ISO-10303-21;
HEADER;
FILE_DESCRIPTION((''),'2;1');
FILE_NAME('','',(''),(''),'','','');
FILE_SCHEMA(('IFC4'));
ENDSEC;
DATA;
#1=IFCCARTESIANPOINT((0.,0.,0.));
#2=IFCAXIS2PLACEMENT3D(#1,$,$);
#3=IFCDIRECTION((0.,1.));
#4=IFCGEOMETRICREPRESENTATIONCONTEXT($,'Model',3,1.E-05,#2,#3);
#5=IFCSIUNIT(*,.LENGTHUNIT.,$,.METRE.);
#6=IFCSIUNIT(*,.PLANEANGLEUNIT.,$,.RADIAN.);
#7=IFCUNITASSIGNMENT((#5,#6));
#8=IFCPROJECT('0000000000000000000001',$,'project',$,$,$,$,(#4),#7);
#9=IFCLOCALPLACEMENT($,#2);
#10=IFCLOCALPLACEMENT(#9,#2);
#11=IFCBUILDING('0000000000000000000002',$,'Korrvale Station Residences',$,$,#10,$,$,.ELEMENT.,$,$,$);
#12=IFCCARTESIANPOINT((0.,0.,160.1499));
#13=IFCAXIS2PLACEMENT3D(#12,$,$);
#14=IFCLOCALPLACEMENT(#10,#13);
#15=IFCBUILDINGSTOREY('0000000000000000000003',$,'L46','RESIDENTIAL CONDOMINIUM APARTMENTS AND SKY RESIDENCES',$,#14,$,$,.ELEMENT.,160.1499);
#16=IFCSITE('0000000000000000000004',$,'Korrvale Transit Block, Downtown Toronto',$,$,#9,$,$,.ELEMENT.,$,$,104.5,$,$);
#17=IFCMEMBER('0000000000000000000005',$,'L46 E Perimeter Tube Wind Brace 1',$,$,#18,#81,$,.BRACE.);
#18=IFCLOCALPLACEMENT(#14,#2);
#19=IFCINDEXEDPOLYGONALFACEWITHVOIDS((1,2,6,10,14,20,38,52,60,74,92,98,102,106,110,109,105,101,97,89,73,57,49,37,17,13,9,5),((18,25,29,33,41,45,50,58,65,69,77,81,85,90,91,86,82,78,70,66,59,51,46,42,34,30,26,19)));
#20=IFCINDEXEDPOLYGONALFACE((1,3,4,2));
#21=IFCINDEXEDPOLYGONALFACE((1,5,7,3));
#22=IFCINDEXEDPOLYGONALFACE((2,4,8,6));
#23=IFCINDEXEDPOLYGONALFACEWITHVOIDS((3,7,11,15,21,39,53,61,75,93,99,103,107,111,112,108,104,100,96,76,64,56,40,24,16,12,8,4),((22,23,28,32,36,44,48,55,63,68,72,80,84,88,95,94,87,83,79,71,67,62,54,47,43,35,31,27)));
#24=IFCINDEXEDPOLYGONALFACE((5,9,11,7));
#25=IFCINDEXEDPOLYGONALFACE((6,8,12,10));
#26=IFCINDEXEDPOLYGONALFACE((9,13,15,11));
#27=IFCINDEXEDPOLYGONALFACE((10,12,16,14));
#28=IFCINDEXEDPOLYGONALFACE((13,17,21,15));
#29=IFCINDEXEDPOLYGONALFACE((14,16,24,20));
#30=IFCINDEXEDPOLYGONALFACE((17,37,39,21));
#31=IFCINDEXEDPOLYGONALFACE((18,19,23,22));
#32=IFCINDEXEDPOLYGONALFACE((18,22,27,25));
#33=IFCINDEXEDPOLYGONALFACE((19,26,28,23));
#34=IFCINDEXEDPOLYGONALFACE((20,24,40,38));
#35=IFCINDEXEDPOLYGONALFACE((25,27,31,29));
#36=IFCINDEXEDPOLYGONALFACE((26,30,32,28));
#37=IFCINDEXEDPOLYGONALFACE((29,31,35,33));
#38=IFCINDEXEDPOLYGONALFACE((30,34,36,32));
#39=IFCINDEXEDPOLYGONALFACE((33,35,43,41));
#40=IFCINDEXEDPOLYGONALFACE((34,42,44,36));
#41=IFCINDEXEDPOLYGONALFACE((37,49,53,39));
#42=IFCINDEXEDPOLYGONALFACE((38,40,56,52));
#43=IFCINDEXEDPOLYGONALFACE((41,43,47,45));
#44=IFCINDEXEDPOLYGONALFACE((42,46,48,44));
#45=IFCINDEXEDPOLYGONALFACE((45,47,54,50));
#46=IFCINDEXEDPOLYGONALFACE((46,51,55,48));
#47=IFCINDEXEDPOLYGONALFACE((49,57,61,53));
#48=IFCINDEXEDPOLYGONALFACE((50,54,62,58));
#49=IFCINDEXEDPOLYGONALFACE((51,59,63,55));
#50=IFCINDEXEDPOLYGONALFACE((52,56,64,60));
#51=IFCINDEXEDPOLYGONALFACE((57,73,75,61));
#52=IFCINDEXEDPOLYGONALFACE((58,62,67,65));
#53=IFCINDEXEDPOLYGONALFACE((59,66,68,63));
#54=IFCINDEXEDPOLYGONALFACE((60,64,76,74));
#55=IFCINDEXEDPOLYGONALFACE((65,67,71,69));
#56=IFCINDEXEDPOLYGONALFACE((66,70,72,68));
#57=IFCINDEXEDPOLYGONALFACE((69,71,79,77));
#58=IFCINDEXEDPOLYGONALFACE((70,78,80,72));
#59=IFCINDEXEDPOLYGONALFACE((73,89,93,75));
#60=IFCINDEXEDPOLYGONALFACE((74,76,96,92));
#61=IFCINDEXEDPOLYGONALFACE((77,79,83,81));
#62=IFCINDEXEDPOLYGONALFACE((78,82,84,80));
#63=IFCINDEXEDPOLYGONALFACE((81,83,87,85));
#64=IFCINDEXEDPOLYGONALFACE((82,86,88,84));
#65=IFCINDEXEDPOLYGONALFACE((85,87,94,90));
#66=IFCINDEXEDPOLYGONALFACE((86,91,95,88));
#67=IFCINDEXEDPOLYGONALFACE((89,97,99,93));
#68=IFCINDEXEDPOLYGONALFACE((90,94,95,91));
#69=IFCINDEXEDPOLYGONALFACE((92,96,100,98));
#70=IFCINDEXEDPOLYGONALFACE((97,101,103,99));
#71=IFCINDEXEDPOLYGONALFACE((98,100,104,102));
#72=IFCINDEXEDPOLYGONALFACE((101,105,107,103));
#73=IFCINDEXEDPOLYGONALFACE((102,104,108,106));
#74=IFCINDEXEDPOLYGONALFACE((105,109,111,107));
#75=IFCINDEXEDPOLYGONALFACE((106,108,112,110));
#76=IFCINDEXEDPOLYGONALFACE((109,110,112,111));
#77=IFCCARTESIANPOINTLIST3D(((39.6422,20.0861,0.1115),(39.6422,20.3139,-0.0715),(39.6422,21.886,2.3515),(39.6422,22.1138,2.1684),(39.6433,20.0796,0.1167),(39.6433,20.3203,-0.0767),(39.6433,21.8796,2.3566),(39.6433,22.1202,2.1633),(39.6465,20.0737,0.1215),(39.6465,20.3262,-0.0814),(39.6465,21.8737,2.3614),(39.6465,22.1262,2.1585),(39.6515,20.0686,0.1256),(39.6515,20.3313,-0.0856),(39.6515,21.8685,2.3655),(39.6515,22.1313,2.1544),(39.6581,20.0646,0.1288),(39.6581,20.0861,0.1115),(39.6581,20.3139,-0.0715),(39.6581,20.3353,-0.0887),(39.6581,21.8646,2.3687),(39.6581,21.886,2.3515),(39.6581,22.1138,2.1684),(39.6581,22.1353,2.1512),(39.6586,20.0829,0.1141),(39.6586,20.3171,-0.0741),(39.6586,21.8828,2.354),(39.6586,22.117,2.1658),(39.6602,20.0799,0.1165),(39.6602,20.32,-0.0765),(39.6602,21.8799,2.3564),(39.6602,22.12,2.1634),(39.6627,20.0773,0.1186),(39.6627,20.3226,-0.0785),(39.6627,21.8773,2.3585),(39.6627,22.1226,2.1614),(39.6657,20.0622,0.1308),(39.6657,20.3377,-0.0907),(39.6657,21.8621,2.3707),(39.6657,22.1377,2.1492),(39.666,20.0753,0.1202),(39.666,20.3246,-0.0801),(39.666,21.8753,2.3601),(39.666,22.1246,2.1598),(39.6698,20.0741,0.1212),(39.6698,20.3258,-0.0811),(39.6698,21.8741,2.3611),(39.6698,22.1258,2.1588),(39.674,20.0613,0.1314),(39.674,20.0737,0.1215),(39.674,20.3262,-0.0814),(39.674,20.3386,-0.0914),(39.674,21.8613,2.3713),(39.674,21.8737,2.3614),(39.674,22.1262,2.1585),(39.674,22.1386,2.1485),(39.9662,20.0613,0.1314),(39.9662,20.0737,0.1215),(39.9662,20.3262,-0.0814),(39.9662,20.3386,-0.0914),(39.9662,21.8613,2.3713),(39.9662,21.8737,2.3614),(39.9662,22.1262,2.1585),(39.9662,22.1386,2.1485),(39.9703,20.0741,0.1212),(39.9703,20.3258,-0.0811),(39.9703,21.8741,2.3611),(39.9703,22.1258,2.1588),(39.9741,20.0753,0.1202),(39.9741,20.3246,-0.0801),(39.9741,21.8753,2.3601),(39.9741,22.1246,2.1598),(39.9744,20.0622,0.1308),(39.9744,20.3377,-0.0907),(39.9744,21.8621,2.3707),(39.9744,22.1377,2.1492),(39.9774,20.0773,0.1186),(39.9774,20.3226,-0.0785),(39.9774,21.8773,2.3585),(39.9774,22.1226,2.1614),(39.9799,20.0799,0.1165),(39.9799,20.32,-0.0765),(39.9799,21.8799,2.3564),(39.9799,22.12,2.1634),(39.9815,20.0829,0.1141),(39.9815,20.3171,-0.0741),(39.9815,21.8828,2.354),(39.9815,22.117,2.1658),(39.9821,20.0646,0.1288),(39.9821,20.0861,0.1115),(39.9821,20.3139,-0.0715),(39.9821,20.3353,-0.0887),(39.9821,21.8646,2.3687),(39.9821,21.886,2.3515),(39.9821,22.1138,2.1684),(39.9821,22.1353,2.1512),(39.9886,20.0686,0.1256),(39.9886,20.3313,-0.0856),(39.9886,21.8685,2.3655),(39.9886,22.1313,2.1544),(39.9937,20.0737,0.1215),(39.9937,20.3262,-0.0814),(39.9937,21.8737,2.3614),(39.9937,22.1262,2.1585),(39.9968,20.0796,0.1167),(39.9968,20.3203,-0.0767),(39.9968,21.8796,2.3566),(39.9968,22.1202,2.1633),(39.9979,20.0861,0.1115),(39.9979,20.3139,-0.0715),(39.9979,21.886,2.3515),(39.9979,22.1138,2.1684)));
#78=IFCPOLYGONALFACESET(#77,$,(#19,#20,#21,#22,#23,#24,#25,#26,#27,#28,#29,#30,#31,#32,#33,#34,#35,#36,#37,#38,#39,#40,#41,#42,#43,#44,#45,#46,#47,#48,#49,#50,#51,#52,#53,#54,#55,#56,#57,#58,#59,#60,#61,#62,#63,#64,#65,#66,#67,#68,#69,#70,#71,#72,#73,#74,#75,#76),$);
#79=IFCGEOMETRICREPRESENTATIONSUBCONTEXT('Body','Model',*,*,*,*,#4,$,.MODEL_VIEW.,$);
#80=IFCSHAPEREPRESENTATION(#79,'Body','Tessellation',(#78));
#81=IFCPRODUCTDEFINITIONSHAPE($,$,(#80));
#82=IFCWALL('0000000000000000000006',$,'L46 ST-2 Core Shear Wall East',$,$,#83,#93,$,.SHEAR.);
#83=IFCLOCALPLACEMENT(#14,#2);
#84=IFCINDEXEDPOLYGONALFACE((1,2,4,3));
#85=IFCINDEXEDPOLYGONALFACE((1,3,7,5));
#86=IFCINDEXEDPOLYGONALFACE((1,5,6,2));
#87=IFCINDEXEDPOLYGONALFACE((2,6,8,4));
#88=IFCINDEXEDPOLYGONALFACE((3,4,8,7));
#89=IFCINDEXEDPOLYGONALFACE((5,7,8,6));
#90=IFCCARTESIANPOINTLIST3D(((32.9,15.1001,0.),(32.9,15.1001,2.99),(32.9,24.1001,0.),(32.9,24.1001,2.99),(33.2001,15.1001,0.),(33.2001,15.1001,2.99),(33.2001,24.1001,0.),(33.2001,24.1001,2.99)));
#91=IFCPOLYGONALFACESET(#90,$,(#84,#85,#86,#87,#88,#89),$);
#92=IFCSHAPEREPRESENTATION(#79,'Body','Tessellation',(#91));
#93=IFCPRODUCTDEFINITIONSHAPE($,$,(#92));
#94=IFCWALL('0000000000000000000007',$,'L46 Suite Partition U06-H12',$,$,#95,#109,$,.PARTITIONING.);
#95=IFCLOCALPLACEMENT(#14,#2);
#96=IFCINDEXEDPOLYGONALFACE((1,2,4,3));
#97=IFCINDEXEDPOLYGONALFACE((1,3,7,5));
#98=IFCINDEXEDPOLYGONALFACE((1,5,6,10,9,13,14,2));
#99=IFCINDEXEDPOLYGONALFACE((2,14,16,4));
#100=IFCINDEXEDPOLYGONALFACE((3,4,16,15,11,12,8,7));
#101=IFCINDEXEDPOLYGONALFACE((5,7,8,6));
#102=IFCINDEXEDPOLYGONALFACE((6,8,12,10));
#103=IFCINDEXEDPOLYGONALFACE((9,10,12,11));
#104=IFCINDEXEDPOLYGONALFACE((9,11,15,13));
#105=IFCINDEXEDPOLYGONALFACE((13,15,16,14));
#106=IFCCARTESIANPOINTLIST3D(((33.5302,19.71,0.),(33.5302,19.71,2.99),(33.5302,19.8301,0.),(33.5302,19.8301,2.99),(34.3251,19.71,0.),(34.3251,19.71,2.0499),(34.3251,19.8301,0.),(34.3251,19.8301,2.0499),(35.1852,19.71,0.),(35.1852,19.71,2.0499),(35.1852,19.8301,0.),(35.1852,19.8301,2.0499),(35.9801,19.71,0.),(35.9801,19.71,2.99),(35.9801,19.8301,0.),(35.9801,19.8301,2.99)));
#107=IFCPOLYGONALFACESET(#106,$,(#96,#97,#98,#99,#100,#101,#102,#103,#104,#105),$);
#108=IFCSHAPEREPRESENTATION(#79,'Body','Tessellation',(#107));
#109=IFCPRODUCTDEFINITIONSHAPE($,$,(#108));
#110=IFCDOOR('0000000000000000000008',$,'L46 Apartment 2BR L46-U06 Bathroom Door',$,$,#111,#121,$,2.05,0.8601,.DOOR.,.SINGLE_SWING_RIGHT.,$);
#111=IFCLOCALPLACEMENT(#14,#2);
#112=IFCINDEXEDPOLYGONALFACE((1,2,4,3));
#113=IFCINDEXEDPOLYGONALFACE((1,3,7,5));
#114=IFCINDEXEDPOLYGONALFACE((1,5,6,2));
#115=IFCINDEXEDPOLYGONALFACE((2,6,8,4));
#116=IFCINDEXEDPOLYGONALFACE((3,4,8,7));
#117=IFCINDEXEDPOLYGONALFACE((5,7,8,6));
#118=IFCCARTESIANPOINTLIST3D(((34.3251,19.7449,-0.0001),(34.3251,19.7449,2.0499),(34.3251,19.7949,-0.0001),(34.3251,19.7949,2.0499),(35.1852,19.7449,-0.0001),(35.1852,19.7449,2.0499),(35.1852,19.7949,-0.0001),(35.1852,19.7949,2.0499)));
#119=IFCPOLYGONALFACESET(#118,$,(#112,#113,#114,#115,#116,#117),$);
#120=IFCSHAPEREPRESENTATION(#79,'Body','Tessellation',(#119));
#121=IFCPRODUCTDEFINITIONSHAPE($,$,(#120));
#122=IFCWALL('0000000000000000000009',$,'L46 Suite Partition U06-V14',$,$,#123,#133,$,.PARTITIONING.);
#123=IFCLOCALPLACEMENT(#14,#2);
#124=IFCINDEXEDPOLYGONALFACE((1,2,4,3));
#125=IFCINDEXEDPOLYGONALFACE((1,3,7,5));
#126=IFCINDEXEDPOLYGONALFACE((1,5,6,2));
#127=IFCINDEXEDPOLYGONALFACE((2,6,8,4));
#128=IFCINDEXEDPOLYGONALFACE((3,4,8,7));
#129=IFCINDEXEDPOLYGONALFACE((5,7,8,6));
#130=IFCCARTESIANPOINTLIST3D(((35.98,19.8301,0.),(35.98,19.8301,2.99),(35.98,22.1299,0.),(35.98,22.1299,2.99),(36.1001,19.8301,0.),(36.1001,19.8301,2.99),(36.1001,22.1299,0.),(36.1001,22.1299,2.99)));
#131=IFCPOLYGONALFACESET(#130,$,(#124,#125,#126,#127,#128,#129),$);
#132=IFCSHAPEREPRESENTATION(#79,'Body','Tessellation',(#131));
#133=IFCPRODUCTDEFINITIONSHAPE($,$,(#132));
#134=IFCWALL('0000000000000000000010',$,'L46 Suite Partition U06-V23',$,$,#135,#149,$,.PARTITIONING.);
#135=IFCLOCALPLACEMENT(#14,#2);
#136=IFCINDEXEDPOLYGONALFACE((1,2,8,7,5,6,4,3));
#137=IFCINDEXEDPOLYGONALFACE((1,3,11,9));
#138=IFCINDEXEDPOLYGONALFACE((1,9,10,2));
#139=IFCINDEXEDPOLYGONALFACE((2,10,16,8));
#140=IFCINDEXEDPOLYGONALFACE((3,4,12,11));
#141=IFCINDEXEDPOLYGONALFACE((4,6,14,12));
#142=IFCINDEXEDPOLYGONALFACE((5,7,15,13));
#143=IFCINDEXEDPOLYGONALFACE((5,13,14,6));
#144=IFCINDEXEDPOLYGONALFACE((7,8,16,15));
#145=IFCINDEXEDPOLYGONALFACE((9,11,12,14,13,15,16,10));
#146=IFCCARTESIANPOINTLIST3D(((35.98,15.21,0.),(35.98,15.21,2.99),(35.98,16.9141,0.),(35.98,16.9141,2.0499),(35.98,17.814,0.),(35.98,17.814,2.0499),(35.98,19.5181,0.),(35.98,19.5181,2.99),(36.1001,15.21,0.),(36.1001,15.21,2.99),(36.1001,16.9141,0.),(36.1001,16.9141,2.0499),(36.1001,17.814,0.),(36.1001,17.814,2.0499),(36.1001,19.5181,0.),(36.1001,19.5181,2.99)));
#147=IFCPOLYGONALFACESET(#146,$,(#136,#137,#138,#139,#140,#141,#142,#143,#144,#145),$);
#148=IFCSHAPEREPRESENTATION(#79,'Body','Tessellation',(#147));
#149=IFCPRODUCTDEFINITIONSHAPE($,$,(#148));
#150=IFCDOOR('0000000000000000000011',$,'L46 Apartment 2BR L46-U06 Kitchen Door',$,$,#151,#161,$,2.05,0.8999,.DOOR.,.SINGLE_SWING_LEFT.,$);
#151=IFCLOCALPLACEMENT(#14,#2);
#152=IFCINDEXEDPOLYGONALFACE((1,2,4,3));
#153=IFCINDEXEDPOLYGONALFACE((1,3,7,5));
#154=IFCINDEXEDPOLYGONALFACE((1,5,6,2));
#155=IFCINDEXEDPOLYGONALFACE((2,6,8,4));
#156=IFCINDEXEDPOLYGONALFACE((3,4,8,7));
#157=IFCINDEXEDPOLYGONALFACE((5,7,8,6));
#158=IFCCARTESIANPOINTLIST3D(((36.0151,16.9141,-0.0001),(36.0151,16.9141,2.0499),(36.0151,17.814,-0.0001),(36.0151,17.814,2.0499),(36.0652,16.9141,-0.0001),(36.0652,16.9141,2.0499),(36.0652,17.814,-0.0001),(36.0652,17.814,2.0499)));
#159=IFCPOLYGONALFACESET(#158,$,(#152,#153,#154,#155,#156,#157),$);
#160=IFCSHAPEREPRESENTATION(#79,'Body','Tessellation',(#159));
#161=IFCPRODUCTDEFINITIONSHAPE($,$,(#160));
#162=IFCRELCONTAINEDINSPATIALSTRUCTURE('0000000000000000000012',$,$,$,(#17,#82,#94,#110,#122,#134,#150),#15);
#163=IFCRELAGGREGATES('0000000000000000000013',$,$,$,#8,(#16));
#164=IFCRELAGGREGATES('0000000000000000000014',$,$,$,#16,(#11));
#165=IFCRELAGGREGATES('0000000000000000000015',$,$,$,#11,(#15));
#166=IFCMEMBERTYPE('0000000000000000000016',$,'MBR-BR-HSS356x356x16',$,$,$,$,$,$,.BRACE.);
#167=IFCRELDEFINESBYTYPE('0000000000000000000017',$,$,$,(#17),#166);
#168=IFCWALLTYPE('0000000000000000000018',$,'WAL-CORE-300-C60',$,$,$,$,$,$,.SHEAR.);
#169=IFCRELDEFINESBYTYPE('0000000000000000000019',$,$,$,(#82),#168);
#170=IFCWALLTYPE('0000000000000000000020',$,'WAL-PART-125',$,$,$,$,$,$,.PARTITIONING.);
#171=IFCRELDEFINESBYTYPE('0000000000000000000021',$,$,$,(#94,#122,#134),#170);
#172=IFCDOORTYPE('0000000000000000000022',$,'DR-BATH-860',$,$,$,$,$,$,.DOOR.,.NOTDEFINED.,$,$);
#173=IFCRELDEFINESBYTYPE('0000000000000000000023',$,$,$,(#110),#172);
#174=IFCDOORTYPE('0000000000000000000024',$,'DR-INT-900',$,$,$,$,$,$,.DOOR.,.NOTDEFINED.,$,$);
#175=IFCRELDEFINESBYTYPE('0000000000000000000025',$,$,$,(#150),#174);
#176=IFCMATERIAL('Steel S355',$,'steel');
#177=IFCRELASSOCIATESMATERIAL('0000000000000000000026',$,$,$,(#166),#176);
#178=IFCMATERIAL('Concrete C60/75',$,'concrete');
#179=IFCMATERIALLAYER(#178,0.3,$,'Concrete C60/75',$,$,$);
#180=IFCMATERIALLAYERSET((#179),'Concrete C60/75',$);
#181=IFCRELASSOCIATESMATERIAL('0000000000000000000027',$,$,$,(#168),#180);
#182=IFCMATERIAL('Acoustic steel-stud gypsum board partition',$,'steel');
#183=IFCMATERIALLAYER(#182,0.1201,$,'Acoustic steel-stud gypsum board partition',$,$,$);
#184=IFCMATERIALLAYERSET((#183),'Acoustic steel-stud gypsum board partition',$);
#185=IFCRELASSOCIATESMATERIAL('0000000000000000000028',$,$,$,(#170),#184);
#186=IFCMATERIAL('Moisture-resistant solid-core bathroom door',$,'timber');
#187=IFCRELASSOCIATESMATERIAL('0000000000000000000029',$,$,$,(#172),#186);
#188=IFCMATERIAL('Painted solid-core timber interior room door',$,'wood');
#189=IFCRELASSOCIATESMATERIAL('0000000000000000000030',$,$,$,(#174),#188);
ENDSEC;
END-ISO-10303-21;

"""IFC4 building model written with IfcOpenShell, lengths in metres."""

from ifc_helpers import new_model, si_unit, direction, frame, frame_2d, origin, origin_2d, place, context, subcontext, project, spatial, rectangle, hollow_rectangle, extrude, material, layer, layer_set, material_profile, profile_set, type_object, element, fill, save


model = new_model("IFC4")

# Units and contexts
model_context = context("Model", 3, precision=1e-05, world=origin(), true_north=direction((0.0, 1.0)))
body_context = subcontext(model_context, "Body", "Model", "MODEL_VIEW")
ifc_project = project(units=[si_unit("LENGTHUNIT", "METRE"), si_unit("PLANEANGLEUNIT", "RADIAN")], contexts=[model_context])

# Site, building, storey
site_placement = place(None, origin())
site = spatial("IfcSite", under=ifc_project, at=site_placement, Name="Korrvale Transit Block, Downtown Toronto", CompositionType="ELEMENT", RefElevation=104.5)
building_placement = place(site_placement, origin())
building = spatial("IfcBuilding", under=site, at=building_placement, Name="Korrvale Station Residences", CompositionType="ELEMENT")
storey_placement = place(building_placement, frame((0.0, 0.0, 160.1499)))
storey = spatial("IfcBuildingStorey", under=building, at=storey_placement, Name="L46", Description="RESIDENTIAL CONDOMINIUM APARTMENTS AND SKY RESIDENCES", CompositionType="ELEMENT", Elevation=160.1499)

# Shared definitions
ifc_material_1 = material(Name="Concrete C60/75", Category="concrete")

# Shared definitions
ifc_material_2 = material(Name="Steel S355", Category="steel")

# Member
ifc_material_profile_1 = material_profile(ifc_material_2, hollow_rectangle(XDim=0.3557, YDim=0.3557, WallThickness=0.0159, InnerFilletRadius=0.0159, OuterFilletRadius=0.0317, at=origin_2d()), Name="HSS356x356x16")
ifc_profile_set_1 = profile_set([ifc_material_profile_1], Name="Steel S355")
member_type = type_object("IfcMemberType", Name="MBR-BR-HSS356x356x16", PredefinedType="BRACE", material=ifc_profile_set_1)
member_placement = place(storey_placement, frame((39.8201, 20.2, 0.02), z_axis=(0.0, 0.626403, 0.779499), x_axis=(-1.0, 0.0, 0.0)))
element("IfcMember", 1, at=member_placement, inside=storey, type_object=member_type, Name="L46 E Perimeter Tube Wind Brace 1", PredefinedType="BRACE", context=body_context, shape_type="SweptSolid", body=[
    extrude(hollow_rectangle(XDim=0.3557, YDim=0.3557, WallThickness=0.0159, InnerFilletRadius=0.0159, OuterFilletRadius=0.0317, at=origin_2d()), origin(), (0.0, 0.0, 1.0), 2.8735),
])

# Wall
ifc_layer_1 = layer(ifc_material_1, 0.3, Name="Concrete C60/75")
ifc_layer_set_1 = layer_set([ifc_layer_1], Name="Concrete C60/75")
wall_type_1 = type_object("IfcWallType", Name="WAL-CORE-300-C60", PredefinedType="SHEAR", material=ifc_layer_set_1)
wall_1_placement = place(storey_placement, frame((33.05, 15.1001, 0.0), z_axis=(0.0, 0.0, 1.0), x_axis=(0.0, 1.0, 0.0)))
element("IfcWall", 2, at=wall_1_placement, inside=storey, type_object=wall_type_1, Name="L46 ST-2 Core Shear Wall East", PredefinedType="SHEAR", context=body_context, shape_type="SweptSolid", body=[
    extrude(rectangle(XDim=9.0, YDim=0.3, at=frame_2d((4.5, 0.0))), origin(), (0.0, 0.0, 1.0), 2.99),
])

# Wall, opening, door
ifc_material_3 = material(Name="Acoustic steel-stud gypsum board partition", Category="steel")
ifc_layer_2 = layer(ifc_material_3, 0.1201, Name="Acoustic steel-stud gypsum board partition")
ifc_layer_set_2 = layer_set([ifc_layer_2], Name="Acoustic steel-stud gypsum board partition")
wall_type_2 = type_object("IfcWallType", Name="WAL-PART-125", PredefinedType="PARTITIONING", material=ifc_layer_set_2)
wall_2_placement = place(storey_placement, frame((33.53, 19.77, 0.0), z_axis=(0.0, 0.0, 1.0), x_axis=(1.0, 0.0, 0.0)))
wall_2 = element("IfcWall", 3, at=wall_2_placement, inside=storey, type_object=wall_type_2, Name="L46 Suite Partition U06-H12", PredefinedType="PARTITIONING", context=body_context, shape_type="SweptSolid", body=[
    extrude(rectangle(XDim=2.45, YDim=0.1201, at=frame_2d((1.2251, 0.0))), origin(), (0.0, 0.0, 1.0), 2.99),
])
opening_1_placement = place(wall_2_placement, frame((0.7949, 0.0, 0.0)))
opening_1 = element("IfcOpeningElement", 4, at=opening_1_placement, cuts=wall_2, PredefinedType="OPENING", context=body_context, shape_type="SweptSolid", body=[
    extrude(rectangle(XDim=0.8601, YDim=2.05, at=frame_2d((0.4302, 1.0249))), frame((0.0, 0.0701, 0.0), z_axis=(0.0, -1.0, 0.0), x_axis=(1.0, 0.0, 0.0)), (0.0, 0.0, 1.0), 0.1401),
])
ifc_material_4 = material(Name="Moisture-resistant solid-core bathroom door", Category="timber")
door_type_1 = type_object("IfcDoorType", Name="DR-BATH-860", OperationType="NOTDEFINED", PredefinedType="DOOR", material=ifc_material_4)
door_1_placement = place(opening_1_placement, origin())
door_1 = element("IfcDoor", 5, at=door_1_placement, inside=storey, type_object=door_type_1, Name="L46 Apartment 2BR L46-U06 Bathroom Door", OperationType="SINGLE_SWING_RIGHT", OverallHeight=2.05, OverallWidth=0.8601, PredefinedType="DOOR", context=body_context, shape_type="SweptSolid", body=[
    extrude(rectangle(XDim=0.8601, YDim=2.05, at=frame_2d((0.4302, 1.0249))), frame((0.0, 0.0249, 0.0), z_axis=(0.0, -1.0, 0.0), x_axis=(1.0, 0.0, 0.0)), (0.0, 0.0, 1.0), 0.05),
])
fill(opening_1, door_1)

# Wall
wall_3_placement = place(storey_placement, frame((36.04, 19.8301, 0.0), z_axis=(0.0, 0.0, 1.0), x_axis=(0.0, 1.0, 0.0)))
element("IfcWall", 6, at=wall_3_placement, inside=storey, type_object=wall_type_2, Name="L46 Suite Partition U06-V14", PredefinedType="PARTITIONING", context=body_context, shape_type="SweptSolid", body=[
    extrude(rectangle(XDim=2.2998, YDim=0.1201, at=frame_2d((1.1499, 0.0))), origin(), (0.0, 0.0, 1.0), 2.99),
])

# Wall, opening, door
wall_4_placement = place(storey_placement, frame((36.04, 15.21, 0.0), z_axis=(0.0, 0.0, 1.0), x_axis=(0.0, 1.0, 0.0)))
wall_4 = element("IfcWall", 7, at=wall_4_placement, inside=storey, type_object=wall_type_2, Name="L46 Suite Partition U06-V23", PredefinedType="PARTITIONING", context=body_context, shape_type="SweptSolid", body=[
    extrude(rectangle(XDim=4.3081, YDim=0.1201, at=frame_2d((2.1541, 0.0))), origin(), (0.0, 0.0, 1.0), 2.99),
])
opening_2_placement = place(wall_4_placement, frame((1.7041, 0.0, 0.0)))
opening_2 = element("IfcOpeningElement", 8, at=opening_2_placement, cuts=wall_4, PredefinedType="OPENING", context=body_context, shape_type="SweptSolid", body=[
    extrude(rectangle(XDim=0.8999, YDim=2.05, at=frame_2d((0.45, 1.0249))), frame((0.0, 0.0701, 0.0), z_axis=(0.0, -1.0, 0.0), x_axis=(1.0, 0.0, 0.0)), (0.0, 0.0, 1.0), 0.1401),
])
ifc_material_5 = material(Name="Painted solid-core timber interior room door", Category="wood")
door_type_2 = type_object("IfcDoorType", Name="DR-INT-900", OperationType="NOTDEFINED", PredefinedType="DOOR", material=ifc_material_5)
door_2_placement = place(opening_2_placement, origin())
door_2 = element("IfcDoor", 9, at=door_2_placement, inside=storey, type_object=door_type_2, Name="L46 Apartment 2BR L46-U06 Kitchen Door", OperationType="SINGLE_SWING_LEFT", OverallHeight=2.05, OverallWidth=0.8999, PredefinedType="DOOR", context=body_context, shape_type="SweptSolid", body=[
    extrude(rectangle(XDim=0.8999, YDim=2.05, at=frame_2d((0.45, 1.0249))), frame((0.0, 0.0249, 0.0), z_axis=(0.0, -1.0, 0.0), x_axis=(1.0, 0.0, 0.0)), (0.0, 0.0, 1.0), 0.05),
])
fill(opening_2, door_2)

save(model, "model.ifc")
